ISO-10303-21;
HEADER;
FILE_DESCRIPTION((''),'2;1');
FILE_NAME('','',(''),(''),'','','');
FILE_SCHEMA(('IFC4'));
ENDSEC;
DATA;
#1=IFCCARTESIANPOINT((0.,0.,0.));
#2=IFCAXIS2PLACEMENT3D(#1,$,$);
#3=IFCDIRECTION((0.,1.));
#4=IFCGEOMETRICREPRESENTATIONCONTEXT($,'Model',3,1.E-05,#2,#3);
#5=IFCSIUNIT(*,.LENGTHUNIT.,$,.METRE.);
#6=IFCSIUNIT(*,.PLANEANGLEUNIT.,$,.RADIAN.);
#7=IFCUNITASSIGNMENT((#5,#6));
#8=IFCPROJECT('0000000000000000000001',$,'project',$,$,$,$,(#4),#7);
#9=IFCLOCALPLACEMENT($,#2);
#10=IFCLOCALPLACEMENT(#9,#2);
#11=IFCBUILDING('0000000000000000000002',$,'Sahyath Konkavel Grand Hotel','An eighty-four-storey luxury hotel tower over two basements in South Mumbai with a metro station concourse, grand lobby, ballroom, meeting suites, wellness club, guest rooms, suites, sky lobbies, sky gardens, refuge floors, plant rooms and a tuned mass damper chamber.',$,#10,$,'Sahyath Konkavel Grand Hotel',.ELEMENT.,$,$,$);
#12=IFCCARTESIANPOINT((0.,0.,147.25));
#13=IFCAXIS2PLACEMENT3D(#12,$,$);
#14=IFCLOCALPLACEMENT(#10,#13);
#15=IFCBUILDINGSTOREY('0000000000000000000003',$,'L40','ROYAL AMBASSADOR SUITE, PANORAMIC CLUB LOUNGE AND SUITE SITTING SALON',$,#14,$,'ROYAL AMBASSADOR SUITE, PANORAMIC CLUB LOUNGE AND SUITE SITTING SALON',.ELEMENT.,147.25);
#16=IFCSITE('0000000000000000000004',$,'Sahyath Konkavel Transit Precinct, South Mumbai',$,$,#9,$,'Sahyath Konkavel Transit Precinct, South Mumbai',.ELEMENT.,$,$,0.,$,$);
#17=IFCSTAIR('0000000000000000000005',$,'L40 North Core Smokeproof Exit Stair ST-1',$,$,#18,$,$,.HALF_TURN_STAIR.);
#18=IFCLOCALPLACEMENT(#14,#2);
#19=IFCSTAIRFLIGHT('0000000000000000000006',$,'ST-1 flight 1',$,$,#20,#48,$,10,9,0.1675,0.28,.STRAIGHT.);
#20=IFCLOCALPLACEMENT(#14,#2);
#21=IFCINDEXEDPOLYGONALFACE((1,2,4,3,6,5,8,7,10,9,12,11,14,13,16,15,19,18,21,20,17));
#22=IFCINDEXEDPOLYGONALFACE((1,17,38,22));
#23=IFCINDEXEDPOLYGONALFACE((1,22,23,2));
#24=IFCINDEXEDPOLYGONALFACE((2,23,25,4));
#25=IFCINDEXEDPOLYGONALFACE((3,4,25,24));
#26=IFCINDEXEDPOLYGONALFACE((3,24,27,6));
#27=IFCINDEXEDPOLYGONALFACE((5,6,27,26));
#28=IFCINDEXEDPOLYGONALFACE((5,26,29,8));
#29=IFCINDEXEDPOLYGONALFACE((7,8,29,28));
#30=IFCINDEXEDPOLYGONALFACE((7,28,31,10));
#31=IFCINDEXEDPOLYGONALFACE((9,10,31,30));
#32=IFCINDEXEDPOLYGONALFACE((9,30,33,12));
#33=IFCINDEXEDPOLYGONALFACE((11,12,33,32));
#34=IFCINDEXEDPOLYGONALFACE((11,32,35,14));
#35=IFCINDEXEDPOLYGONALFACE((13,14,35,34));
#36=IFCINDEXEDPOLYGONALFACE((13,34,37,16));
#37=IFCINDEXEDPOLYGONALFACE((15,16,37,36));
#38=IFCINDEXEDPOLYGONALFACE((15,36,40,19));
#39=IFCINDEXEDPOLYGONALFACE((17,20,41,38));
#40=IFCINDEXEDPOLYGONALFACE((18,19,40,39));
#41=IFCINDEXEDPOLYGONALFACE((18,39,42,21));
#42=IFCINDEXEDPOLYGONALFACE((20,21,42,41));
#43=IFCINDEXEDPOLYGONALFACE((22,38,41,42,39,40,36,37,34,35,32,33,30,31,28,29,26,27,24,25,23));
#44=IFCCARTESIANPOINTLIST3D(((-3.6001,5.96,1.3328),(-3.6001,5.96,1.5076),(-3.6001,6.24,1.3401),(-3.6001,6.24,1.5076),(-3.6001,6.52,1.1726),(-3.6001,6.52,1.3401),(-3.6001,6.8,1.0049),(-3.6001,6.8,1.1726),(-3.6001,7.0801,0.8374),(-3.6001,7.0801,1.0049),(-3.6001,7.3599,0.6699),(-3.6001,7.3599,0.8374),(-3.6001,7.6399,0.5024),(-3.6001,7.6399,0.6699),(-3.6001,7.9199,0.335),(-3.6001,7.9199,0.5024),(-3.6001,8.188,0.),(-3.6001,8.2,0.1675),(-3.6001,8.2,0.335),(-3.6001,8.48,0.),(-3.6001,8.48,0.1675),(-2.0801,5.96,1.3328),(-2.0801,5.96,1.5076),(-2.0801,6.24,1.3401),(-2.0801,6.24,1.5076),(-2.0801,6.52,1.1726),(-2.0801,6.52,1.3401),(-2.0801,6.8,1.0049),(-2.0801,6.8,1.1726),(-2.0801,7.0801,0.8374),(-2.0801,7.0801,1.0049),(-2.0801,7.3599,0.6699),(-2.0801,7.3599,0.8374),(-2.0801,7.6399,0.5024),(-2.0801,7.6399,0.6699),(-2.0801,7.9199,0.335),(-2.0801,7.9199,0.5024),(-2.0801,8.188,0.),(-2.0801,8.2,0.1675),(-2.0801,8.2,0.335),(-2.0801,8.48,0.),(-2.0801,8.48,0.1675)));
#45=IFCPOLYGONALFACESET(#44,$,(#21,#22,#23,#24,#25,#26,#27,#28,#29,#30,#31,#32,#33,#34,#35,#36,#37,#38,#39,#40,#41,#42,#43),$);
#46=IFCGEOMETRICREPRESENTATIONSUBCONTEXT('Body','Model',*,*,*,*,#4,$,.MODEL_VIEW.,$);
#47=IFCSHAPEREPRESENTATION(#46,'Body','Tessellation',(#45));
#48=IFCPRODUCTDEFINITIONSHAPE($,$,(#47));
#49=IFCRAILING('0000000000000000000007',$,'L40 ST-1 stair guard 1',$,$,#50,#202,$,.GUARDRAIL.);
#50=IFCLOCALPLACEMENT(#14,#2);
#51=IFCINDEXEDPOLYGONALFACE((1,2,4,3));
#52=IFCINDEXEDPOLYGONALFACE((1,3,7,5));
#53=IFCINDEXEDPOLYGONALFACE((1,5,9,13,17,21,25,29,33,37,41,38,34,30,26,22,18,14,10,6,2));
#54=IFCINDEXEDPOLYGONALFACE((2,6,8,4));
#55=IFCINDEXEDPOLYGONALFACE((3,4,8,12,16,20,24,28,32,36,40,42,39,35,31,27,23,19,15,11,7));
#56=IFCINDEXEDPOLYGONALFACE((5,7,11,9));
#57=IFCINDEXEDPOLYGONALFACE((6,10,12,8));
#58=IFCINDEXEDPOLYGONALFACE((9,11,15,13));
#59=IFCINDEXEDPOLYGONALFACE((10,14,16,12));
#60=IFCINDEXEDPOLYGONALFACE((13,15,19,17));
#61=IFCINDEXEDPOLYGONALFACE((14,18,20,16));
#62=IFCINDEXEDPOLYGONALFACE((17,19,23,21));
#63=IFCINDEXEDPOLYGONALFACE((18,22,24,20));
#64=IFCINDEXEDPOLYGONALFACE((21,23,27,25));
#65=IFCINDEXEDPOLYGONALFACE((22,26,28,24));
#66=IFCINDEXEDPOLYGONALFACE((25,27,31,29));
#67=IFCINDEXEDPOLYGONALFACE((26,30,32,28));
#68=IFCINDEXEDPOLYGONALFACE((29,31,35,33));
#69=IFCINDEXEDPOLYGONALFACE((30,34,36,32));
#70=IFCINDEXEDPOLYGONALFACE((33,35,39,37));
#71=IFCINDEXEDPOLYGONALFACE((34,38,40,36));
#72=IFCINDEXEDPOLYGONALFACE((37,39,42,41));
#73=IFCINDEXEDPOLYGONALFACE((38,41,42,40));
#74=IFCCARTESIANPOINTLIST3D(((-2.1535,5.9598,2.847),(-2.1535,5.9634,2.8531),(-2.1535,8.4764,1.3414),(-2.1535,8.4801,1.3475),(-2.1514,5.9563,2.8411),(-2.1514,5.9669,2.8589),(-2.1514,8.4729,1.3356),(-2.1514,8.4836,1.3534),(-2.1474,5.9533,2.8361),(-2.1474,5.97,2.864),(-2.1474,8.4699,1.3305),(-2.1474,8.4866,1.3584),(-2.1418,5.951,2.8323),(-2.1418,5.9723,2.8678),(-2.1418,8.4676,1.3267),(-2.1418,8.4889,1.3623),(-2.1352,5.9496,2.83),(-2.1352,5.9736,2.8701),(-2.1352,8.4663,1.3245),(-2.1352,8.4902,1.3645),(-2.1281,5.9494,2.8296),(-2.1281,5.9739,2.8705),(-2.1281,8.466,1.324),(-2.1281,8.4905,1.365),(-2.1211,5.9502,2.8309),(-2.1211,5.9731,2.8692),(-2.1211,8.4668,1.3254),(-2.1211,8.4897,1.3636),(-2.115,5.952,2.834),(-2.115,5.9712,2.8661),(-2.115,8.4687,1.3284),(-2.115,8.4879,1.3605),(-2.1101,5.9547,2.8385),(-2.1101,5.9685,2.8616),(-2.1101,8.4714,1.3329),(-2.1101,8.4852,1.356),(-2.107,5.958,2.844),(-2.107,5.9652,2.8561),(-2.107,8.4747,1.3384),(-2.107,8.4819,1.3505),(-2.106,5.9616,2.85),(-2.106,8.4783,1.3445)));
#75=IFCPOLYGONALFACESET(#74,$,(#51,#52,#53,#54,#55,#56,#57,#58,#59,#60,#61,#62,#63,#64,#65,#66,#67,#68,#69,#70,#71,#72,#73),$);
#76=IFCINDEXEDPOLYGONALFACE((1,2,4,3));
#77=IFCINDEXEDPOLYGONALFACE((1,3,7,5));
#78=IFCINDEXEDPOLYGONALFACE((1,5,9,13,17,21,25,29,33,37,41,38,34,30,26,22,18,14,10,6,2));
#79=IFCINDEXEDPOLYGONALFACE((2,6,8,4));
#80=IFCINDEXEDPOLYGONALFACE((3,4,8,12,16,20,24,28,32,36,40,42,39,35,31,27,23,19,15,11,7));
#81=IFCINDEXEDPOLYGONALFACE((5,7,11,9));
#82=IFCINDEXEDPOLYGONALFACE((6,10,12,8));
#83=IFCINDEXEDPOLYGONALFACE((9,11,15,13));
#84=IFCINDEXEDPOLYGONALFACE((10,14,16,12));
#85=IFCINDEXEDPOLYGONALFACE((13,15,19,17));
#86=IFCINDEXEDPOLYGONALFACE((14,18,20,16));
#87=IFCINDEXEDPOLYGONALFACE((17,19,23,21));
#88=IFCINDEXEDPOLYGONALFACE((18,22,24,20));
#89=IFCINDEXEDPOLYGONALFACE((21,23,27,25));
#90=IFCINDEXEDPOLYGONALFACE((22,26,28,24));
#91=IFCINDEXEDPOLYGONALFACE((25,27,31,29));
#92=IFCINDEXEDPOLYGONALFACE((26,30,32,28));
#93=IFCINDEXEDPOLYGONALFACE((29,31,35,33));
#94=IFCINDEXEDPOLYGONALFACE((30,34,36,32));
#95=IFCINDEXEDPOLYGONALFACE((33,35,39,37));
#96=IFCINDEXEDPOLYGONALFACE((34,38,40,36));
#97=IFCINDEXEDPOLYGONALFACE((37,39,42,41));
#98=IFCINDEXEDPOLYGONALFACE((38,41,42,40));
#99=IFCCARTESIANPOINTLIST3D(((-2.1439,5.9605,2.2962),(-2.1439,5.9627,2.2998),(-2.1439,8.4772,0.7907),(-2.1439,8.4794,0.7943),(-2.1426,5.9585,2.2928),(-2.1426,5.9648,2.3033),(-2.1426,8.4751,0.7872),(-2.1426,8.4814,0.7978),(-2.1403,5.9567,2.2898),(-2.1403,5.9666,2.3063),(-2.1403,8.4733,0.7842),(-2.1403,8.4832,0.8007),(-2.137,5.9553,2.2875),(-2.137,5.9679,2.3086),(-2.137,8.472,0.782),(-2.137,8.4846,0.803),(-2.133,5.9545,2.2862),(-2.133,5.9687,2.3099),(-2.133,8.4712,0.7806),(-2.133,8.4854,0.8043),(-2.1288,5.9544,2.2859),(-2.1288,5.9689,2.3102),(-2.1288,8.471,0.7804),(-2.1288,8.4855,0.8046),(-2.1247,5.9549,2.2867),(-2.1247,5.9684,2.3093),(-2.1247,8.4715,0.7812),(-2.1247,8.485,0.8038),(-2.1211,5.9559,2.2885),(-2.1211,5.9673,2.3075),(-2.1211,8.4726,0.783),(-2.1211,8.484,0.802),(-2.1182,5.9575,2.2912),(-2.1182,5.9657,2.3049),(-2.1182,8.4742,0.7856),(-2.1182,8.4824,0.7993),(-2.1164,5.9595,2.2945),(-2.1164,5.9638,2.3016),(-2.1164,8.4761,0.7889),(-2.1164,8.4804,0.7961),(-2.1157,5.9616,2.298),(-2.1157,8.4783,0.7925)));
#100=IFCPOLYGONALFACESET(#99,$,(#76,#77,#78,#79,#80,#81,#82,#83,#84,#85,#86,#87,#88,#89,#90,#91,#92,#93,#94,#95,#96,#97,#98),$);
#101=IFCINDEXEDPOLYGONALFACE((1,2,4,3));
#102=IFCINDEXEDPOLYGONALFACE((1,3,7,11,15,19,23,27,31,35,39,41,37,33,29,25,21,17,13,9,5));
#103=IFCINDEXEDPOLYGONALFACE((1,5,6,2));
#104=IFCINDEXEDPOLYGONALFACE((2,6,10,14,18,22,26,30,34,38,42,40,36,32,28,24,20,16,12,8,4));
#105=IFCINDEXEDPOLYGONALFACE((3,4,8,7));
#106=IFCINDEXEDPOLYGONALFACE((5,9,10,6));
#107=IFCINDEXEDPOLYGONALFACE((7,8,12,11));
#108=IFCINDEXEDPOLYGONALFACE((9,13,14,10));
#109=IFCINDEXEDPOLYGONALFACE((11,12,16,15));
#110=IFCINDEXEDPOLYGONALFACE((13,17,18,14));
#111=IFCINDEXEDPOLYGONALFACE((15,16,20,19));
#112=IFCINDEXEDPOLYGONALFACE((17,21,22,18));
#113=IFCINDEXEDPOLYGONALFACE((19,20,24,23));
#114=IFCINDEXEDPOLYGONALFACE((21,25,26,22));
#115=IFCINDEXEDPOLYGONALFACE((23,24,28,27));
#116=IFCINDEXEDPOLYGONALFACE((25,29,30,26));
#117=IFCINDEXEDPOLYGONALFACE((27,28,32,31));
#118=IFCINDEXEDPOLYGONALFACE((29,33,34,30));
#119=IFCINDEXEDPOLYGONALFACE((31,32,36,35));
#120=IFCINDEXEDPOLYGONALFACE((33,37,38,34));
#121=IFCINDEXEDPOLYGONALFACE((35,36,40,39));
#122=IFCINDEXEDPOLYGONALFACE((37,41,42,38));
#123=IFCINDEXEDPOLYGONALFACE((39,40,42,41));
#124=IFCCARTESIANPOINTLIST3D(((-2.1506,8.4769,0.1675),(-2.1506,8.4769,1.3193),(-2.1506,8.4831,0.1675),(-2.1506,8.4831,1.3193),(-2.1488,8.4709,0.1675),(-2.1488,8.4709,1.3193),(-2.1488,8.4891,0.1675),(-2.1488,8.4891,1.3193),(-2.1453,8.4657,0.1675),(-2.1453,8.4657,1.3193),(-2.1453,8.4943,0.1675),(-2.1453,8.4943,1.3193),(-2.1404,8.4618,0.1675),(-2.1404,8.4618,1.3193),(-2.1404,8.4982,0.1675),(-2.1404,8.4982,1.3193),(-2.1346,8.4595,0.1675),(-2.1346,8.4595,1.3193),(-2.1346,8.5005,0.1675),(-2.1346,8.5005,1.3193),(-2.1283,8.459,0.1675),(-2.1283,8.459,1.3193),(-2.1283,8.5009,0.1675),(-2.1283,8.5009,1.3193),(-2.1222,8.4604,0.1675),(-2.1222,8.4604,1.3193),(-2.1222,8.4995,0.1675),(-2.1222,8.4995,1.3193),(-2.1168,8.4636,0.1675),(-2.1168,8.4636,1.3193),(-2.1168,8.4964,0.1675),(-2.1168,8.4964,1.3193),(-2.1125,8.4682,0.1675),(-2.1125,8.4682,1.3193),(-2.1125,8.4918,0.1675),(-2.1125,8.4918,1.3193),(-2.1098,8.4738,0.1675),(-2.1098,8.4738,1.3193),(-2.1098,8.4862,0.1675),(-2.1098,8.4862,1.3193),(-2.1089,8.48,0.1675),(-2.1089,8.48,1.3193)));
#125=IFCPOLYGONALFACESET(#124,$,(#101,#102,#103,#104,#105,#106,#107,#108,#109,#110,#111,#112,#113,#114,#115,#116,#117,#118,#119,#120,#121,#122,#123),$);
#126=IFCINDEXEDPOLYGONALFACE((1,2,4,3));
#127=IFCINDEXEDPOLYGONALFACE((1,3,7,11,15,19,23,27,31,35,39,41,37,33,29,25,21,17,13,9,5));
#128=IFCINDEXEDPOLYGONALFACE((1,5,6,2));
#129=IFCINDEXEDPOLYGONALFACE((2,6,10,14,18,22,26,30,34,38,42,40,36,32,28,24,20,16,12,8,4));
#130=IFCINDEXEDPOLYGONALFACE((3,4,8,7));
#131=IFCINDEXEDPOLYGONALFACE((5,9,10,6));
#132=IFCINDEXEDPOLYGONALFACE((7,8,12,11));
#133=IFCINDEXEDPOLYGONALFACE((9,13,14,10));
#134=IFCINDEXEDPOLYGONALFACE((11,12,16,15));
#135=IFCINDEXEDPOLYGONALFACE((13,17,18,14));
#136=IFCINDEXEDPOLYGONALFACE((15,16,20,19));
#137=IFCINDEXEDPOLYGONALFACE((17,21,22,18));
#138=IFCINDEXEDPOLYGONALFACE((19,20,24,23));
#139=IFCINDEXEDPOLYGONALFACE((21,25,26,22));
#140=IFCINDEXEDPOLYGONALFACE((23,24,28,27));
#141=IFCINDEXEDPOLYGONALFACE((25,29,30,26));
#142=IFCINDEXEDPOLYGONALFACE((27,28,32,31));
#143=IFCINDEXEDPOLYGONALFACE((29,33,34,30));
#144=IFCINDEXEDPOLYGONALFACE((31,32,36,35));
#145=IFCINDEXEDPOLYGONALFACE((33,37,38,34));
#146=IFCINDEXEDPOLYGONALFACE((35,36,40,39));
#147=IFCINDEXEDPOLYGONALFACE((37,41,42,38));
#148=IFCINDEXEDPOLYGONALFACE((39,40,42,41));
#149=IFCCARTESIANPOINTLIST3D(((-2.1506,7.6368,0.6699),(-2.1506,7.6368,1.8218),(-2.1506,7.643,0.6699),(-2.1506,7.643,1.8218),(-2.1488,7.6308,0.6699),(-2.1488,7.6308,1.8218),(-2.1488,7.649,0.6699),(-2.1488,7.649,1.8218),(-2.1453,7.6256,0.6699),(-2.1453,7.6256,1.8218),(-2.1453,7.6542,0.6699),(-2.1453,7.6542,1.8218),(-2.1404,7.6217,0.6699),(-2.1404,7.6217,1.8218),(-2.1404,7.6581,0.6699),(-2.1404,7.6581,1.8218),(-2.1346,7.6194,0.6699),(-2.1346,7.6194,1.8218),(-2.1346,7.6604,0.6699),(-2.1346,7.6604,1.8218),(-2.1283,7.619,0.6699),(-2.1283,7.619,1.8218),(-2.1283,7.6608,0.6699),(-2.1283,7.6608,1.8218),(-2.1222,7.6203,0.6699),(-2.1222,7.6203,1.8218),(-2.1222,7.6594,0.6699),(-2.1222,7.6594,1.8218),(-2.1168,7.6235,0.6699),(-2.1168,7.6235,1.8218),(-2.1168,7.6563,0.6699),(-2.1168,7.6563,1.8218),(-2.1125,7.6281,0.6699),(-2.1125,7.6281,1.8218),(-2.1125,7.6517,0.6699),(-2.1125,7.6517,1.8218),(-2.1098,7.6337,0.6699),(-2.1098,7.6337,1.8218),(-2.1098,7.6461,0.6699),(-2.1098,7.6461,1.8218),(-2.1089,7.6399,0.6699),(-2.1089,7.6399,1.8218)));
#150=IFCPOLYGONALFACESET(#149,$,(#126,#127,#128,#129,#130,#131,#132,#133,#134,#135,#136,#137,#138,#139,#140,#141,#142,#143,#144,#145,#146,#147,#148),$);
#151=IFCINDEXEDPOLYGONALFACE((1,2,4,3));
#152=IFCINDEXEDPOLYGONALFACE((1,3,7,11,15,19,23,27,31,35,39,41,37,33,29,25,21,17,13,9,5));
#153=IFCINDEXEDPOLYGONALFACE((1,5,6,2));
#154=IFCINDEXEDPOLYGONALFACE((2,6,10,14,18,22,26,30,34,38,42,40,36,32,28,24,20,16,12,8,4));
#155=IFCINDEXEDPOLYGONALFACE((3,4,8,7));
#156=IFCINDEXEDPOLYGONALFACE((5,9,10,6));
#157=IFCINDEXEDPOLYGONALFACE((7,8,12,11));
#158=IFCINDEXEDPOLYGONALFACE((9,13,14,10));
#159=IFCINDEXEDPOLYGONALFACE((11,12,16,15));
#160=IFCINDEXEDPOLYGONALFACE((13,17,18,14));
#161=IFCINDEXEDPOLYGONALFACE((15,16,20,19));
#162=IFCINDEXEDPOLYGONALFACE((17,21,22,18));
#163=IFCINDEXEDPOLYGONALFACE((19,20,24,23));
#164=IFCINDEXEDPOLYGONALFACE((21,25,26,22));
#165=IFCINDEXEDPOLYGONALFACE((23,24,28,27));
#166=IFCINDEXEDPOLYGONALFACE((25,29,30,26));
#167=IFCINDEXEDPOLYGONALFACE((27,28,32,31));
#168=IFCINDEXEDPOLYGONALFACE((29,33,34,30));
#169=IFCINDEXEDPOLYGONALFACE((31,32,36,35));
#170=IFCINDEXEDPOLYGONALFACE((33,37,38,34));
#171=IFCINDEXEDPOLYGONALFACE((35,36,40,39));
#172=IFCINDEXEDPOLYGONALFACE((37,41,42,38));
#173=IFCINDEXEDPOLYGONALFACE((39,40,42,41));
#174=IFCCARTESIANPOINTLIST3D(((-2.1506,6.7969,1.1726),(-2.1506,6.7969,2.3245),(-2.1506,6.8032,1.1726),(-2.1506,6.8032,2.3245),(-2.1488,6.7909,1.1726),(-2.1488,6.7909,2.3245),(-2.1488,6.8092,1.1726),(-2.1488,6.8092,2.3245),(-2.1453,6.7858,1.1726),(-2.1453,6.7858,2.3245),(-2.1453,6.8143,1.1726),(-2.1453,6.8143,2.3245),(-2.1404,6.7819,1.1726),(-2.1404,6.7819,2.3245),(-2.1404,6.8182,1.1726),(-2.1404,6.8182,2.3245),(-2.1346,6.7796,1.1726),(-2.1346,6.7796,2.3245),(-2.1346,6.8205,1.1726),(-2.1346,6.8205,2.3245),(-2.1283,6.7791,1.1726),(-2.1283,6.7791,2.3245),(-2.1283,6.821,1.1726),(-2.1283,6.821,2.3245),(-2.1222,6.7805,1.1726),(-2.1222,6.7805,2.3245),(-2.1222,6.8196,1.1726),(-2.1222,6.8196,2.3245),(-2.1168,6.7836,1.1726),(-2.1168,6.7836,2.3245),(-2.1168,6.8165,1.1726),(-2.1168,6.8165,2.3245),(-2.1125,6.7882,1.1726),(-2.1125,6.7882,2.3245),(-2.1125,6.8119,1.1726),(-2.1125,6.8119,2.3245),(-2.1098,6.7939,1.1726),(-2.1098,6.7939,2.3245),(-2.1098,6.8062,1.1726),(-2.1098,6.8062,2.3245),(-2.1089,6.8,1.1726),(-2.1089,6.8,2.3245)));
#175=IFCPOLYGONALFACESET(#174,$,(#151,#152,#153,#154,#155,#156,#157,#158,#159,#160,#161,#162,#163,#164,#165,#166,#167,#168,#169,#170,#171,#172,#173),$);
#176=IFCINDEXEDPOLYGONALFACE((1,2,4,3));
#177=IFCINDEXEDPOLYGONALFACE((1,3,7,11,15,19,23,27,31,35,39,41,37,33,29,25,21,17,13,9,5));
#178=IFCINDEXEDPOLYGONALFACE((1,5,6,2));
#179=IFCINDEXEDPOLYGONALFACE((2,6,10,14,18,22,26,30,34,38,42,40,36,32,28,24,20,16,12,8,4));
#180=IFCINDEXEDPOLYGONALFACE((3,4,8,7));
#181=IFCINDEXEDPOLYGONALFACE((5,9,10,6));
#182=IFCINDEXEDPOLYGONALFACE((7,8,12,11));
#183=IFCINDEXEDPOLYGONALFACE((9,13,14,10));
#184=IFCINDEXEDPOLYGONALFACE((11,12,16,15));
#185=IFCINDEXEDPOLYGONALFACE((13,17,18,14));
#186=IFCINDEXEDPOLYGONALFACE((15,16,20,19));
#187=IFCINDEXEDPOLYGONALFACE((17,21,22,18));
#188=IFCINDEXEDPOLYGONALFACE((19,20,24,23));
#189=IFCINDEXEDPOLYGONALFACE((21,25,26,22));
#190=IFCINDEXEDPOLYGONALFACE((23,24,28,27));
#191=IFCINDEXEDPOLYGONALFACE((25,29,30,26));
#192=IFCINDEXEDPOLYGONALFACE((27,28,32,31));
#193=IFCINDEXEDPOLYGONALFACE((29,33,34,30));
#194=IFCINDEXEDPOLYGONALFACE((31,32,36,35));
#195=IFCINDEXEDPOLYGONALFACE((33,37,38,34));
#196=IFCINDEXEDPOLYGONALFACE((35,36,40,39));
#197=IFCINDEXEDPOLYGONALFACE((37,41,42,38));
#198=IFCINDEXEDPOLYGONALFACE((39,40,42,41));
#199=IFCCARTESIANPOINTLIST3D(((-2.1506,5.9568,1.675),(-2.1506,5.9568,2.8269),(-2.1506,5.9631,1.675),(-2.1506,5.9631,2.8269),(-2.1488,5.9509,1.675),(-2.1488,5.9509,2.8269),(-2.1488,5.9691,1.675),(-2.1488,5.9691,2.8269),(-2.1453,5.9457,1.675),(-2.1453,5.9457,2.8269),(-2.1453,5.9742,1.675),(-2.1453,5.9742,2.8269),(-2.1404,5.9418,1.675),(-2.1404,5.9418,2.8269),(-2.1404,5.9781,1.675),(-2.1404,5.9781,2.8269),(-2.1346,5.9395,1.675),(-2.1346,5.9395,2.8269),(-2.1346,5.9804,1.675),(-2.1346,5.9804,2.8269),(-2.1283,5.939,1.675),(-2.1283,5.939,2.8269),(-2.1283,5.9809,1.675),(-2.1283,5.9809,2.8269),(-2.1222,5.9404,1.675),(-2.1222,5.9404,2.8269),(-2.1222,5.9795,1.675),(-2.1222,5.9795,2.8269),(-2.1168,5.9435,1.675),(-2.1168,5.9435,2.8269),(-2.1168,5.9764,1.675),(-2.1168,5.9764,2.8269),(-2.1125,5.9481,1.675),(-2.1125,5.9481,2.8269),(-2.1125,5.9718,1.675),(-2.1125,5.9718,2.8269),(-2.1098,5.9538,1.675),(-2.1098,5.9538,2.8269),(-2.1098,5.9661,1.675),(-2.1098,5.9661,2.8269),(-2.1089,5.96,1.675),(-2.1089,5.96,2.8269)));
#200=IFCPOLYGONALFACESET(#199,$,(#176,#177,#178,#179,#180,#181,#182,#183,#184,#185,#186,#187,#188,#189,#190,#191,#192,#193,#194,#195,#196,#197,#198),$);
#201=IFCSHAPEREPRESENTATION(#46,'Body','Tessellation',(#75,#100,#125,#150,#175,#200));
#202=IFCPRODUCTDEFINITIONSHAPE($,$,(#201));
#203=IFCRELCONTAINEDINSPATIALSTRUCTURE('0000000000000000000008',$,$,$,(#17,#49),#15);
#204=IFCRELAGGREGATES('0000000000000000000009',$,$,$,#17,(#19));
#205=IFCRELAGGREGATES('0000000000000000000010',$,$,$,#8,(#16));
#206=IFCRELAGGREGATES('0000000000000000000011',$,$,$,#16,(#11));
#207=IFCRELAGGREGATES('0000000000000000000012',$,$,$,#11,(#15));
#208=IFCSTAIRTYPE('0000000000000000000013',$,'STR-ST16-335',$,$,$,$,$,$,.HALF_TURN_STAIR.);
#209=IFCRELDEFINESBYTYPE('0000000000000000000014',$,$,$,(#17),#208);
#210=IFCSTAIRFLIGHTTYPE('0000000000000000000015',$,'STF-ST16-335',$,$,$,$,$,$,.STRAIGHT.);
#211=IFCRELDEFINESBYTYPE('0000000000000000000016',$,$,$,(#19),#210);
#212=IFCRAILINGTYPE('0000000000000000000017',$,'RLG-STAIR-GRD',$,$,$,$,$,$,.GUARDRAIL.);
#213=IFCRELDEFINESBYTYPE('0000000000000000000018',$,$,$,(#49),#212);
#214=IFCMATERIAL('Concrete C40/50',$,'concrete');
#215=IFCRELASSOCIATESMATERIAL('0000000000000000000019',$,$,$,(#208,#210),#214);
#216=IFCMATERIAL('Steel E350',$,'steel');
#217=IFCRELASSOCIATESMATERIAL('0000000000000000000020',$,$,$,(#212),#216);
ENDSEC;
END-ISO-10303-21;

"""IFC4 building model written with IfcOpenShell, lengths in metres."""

from ifc_helpers import new_model, si_unit, direction, frame, origin, origin_2d, place, context, subcontext, project, spatial, polyline, circle, outline, extrude, material, type_object, element, aggregate, save


model = new_model("IFC4")

# Units and contexts
model_context = context("Model", 3, precision=1e-05, world=origin(), true_north=direction((0.0, 1.0)))
body_context = subcontext(model_context, "Body", "Model", "MODEL_VIEW")
ifc_project = project(units=[si_unit("LENGTHUNIT", "METRE"), si_unit("PLANEANGLEUNIT", "RADIAN")], contexts=[model_context])

# Site, building, storey
site_placement = place(None, origin())
site = spatial("IfcSite", under=ifc_project, at=site_placement, Name="Sahyath Konkavel Transit Precinct, South Mumbai", LongName="Sahyath Konkavel Transit Precinct, South Mumbai", CompositionType="ELEMENT", RefElevation=0.0)
building_placement = place(site_placement, origin())
building = spatial("IfcBuilding", under=site, at=building_placement, Name="Sahyath Konkavel Grand Hotel", Description="An eighty-four-storey luxury hotel tower over two basements in South Mumbai with a metro station concourse, grand lobby, ballroom, meeting suites, wellness club, guest rooms, suites, sky lobbies, sky gardens, refuge floors, plant rooms and a tuned mass damper chamber.", LongName="Sahyath Konkavel Grand Hotel", CompositionType="ELEMENT")
storey_placement = place(building_placement, frame((0.0, 0.0, 147.25)))
storey = spatial("IfcBuildingStorey", under=building, at=storey_placement, Name="L40", Description="ROYAL AMBASSADOR SUITE, PANORAMIC CLUB LOUNGE AND SUITE SITTING SALON", LongName="ROYAL AMBASSADOR SUITE, PANORAMIC CLUB LOUNGE AND SUITE SITTING SALON", CompositionType="ELEMENT", Elevation=147.25)

# Shared definitions
ifc_material_1 = material(Name="Steel E350", Category="steel")

# Stair, stair flight
ifc_material_2 = material(Name="Concrete C40/50", Category="concrete")
stair_type = type_object("IfcStairType", Name="STR-ST16-335", PredefinedType="HALF_TURN_STAIR", material=ifc_material_2)
stair_placement = place(storey_placement, origin())
stair = element("IfcStair", 1, at=stair_placement, inside=storey, type_object=stair_type, Name="L40 North Core Smokeproof Exit Stair ST-1", PredefinedType="HALF_TURN_STAIR")
stair_flight_type = type_object("IfcStairFlightType", Name="STF-ST16-335", PredefinedType="STRAIGHT", material=ifc_material_2)
stair_flight_placement = place(storey_placement, frame((-2.8401, 8.48, 0.0), z_axis=(0.0, 0.0, 1.0), x_axis=(0.0, -1.0, 0.0)))
stair_flight = element("IfcStairFlight", 2, at=stair_flight_placement, type_object=stair_flight_type, Name="ST-1 flight 1", NumberOfRisers=10, NumberOfTreads=9, PredefinedType="STRAIGHT", RiserHeight=0.1675, TreadLength=0.28, context=body_context, shape_type="SweptSolid", body=[
    extrude(outline(polyline([(0.0, 0.0), (0.0, 0.1675), (0.28, 0.1675), (0.28, 0.335), (0.5601, 0.335), (0.5601, 0.5024), (0.8401, 0.5024), (0.8401, 0.6699), (1.1201, 0.6699), (1.1201, 0.8374), (1.3999, 0.8374), (1.3999, 1.0049), (1.6799, 1.0049), (1.6799, 1.1726), (1.96, 1.1726), (1.96, 1.3401), (2.24, 1.3401), (2.24, 1.5076), (2.52, 1.5076), (2.52, 1.675), (2.52, 1.3328), (0.292, 0.0), (0.0, 0.0)])), frame((0.0, 0.76, 0.0), z_axis=(0.0, -1.0, 0.0), x_axis=(1.0, 0.0, 0.0)), (0.0, 0.0, 1.0), 1.52),
])
aggregate(stair, [stair_flight])

# Railing
railing_type_1 = type_object("IfcRailingType", Name="RLG-STAIR-GRD", PredefinedType="GUARDRAIL", material=ifc_material_1)
railing_1_placement = place(storey_placement, frame((-2.1299, 8.48, 0.1675)))
element("IfcRailing", 3, at=railing_1_placement, inside=storey, type_object=railing_type_1, Name="L40 ST-1 stair guard 1", PredefinedType="GUARDRAIL", context=body_context, shape_type="SweptSolid", body=[
    extrude(circle(Radius=0.0239, at=origin_2d()), frame((0.0, -0.0017, 1.177), z_axis=(0.0, -0.85816, 0.513383), x_axis=(1.0, 0.0, 0.0)), (0.0, 0.0, 1.0), 2.9326),
    extrude(circle(Radius=0.0142, at=origin_2d()), frame((0.0, -0.0017, 0.625), z_axis=(0.0, -0.85816, 0.513383), x_axis=(1.0, 0.0, 0.0)), (0.0, 0.0, 1.0), 2.9326),
    extrude(circle(Radius=0.021, at=origin_2d()), origin(), (0.0, 0.0, 1.0), 1.1519),
    extrude(circle(Radius=0.021, at=origin_2d()), frame((0.0, -0.8401, 0.5024)), (0.0, 0.0, 1.0), 1.1519),
    extrude(circle(Radius=0.021, at=origin_2d()), frame((0.0, -1.6799, 1.0051)), (0.0, 0.0, 1.0), 1.1519),
    extrude(circle(Radius=0.021, at=origin_2d()), frame((0.0, -2.52, 1.5076)), (0.0, 0.0, 1.0), 1.1519),
])

save(model, "model.ifc")
